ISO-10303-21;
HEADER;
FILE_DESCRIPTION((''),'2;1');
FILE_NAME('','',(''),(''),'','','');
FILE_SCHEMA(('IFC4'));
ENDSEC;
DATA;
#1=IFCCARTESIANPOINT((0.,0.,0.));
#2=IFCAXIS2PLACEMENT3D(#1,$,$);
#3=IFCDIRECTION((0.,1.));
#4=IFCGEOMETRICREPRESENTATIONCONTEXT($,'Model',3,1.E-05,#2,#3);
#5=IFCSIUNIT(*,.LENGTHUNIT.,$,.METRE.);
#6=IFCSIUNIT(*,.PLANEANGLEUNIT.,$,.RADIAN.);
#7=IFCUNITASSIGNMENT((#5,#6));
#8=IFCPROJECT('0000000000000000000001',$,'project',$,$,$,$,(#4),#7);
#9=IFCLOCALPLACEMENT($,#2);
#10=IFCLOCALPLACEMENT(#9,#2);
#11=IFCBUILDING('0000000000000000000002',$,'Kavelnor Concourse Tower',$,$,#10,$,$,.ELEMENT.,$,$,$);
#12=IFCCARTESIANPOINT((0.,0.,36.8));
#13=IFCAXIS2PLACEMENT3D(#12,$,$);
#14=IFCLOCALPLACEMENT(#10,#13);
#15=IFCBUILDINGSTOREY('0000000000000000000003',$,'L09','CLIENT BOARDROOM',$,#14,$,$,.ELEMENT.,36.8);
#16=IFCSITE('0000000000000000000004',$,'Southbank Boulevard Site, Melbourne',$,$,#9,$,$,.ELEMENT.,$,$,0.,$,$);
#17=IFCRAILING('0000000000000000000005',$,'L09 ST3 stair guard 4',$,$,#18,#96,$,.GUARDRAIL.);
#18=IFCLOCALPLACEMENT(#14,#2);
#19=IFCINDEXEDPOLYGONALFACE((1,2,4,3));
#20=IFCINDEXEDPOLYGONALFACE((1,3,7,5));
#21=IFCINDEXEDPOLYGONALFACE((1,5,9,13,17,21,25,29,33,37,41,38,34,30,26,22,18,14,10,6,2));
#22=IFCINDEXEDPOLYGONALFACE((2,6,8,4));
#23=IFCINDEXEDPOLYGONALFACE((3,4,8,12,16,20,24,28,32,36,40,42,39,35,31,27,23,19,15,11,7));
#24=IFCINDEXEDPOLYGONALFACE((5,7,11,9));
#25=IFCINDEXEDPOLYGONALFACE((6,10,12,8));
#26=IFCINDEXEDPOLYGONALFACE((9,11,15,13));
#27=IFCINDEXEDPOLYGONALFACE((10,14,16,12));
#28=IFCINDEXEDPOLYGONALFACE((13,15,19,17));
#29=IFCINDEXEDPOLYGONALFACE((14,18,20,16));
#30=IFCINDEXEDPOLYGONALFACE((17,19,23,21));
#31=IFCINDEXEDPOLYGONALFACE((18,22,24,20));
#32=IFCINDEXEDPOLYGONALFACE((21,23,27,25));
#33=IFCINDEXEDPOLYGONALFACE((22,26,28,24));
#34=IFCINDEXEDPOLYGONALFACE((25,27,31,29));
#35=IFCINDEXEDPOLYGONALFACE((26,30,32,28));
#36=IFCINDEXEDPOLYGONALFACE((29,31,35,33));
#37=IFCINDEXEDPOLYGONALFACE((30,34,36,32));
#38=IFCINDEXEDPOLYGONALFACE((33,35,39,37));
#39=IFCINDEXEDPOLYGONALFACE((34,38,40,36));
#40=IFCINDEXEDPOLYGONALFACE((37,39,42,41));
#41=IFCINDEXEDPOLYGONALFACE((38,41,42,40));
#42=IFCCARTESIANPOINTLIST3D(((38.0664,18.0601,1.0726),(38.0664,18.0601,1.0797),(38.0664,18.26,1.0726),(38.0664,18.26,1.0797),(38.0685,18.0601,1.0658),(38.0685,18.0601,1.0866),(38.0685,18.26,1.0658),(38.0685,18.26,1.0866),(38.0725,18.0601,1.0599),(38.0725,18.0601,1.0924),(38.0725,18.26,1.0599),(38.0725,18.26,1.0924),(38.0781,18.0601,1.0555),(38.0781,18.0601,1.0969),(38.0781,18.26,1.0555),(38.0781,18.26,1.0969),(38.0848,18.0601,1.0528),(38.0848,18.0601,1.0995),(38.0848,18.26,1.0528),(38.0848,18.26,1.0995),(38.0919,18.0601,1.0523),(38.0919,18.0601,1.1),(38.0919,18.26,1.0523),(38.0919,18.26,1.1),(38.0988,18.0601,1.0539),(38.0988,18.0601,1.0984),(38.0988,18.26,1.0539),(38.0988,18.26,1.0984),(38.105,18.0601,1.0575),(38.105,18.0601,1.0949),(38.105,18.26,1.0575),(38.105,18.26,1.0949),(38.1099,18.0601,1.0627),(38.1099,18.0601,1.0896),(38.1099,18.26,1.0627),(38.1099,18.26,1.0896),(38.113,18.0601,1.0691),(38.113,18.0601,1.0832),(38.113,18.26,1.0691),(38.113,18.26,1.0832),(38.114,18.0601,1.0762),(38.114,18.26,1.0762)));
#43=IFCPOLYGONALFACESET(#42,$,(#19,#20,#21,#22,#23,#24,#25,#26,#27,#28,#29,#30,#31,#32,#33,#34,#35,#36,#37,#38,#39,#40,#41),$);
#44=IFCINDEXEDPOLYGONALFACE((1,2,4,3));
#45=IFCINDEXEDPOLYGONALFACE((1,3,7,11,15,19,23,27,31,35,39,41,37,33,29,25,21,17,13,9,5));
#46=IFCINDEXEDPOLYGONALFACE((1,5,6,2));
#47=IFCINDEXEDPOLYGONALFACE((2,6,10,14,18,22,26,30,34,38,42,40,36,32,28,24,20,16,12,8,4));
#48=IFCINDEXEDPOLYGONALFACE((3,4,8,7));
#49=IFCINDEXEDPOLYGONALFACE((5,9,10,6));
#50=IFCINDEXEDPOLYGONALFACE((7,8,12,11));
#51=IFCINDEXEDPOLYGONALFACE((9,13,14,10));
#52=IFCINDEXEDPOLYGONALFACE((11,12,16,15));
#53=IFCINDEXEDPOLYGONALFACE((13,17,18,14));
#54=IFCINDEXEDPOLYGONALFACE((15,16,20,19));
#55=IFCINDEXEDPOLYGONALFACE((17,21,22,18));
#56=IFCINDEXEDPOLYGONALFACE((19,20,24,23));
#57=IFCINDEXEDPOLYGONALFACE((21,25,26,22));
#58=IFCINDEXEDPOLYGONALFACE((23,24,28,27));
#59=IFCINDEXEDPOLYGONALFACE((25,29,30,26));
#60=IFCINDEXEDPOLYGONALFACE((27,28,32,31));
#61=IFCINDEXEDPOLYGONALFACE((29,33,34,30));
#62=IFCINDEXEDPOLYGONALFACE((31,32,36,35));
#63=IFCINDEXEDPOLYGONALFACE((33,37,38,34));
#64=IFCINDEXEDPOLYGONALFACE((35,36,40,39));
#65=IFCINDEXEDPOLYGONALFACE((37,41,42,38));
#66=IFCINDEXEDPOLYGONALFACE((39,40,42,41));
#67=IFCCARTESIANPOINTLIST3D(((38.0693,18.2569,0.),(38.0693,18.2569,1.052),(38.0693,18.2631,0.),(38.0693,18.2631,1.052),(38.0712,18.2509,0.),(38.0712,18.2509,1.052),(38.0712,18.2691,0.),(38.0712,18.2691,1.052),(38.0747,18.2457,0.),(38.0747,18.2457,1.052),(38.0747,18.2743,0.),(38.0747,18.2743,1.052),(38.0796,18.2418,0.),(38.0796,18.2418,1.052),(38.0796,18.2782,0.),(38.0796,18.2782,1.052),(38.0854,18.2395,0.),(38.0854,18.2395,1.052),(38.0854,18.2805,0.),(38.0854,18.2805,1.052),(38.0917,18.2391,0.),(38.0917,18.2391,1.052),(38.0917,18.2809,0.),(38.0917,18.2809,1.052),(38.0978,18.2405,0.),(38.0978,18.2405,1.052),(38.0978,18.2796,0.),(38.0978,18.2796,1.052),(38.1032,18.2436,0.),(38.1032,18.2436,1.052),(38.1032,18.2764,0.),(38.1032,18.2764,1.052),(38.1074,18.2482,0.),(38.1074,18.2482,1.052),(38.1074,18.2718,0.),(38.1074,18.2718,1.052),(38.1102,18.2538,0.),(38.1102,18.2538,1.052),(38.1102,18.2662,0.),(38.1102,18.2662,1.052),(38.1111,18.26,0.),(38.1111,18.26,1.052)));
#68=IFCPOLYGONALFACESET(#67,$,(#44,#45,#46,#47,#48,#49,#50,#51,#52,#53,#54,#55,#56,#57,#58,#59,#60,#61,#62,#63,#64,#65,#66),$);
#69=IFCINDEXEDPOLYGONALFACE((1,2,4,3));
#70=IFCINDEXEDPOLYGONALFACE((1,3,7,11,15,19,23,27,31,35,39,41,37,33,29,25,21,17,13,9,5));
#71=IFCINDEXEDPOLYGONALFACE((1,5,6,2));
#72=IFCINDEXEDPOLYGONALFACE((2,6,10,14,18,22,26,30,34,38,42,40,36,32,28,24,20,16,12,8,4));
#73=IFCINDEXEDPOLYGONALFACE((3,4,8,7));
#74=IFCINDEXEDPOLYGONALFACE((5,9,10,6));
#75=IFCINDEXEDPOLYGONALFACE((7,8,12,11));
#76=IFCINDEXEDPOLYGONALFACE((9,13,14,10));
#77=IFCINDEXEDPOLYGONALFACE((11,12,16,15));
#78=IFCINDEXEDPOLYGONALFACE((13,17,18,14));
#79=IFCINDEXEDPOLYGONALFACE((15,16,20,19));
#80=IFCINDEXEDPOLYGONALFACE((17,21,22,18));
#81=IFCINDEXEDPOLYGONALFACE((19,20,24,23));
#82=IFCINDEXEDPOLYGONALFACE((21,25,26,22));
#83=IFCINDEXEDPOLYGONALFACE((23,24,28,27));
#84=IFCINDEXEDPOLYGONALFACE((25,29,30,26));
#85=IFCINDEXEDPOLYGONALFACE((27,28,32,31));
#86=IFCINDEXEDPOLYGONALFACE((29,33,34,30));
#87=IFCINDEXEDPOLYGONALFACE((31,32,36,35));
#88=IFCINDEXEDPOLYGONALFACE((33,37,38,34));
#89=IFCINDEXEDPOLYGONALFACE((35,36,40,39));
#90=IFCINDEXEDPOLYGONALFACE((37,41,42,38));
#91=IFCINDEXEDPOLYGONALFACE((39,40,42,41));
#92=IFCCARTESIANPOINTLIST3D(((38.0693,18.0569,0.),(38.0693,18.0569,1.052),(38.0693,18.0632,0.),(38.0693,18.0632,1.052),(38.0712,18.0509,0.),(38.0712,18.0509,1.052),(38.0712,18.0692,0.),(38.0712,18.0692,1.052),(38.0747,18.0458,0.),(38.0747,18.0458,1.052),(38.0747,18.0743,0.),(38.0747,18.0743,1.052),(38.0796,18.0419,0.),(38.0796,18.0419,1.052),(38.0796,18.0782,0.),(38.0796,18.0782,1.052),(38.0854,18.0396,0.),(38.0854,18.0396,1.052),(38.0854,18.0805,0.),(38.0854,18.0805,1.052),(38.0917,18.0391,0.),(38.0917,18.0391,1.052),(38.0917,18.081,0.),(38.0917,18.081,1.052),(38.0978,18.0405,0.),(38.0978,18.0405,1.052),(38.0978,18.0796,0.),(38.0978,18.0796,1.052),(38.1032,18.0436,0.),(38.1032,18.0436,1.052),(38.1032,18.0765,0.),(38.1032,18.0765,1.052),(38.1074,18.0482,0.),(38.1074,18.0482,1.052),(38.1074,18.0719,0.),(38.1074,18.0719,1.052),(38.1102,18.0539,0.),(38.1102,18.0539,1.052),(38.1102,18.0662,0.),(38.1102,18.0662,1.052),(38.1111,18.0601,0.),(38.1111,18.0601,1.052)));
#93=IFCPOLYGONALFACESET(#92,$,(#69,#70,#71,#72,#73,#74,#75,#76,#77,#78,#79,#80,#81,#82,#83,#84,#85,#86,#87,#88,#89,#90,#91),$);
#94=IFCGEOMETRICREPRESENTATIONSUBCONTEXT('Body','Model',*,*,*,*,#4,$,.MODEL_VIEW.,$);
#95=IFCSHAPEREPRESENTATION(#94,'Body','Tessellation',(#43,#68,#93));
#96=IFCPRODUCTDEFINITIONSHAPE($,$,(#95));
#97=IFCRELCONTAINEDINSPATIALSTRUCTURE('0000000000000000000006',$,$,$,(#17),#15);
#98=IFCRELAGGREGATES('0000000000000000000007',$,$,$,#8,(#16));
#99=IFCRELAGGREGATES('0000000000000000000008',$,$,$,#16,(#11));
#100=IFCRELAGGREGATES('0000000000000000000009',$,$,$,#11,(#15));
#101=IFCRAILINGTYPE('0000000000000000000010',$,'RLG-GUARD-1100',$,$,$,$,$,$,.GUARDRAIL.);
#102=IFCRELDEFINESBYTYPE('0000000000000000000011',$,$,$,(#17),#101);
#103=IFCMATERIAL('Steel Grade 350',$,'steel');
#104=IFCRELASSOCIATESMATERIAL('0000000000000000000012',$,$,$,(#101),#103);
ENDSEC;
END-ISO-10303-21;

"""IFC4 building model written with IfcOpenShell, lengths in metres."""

from ifc_helpers import new_model, si_unit, direction, frame, origin, origin_2d, place, context, subcontext, project, spatial, circle, extrude, material, type_object, element, save


model = new_model("IFC4")

# Units and contexts
model_context = context("Model", 3, precision=1e-05, world=origin(), true_north=direction((0.0, 1.0)))
body_context = subcontext(model_context, "Body", "Model", "MODEL_VIEW")
ifc_project = project(units=[si_unit("LENGTHUNIT", "METRE"), si_unit("PLANEANGLEUNIT", "RADIAN")], contexts=[model_context])

# Site, building, storey
site_placement = place(None, origin())
site = spatial("IfcSite", under=ifc_project, at=site_placement, Name="Southbank Boulevard Site, Melbourne", CompositionType="ELEMENT", RefElevation=0.0)
building_placement = place(site_placement, origin())
building = spatial("IfcBuilding", under=site, at=building_placement, Name="Kavelnor Concourse Tower", CompositionType="ELEMENT")
storey_placement = place(building_placement, frame((0.0, 0.0, 36.8)))
storey = spatial("IfcBuildingStorey", under=building, at=storey_placement, Name="L09", Description="CLIENT BOARDROOM", CompositionType="ELEMENT", Elevation=36.8)

# Shared definitions
ifc_material_1 = material(Name="Steel Grade 350", Category="steel")

# Railing
railing_type_1 = type_object("IfcRailingType", Name="RLG-GUARD-1100", PredefinedType="GUARDRAIL", material=ifc_material_1)
railing_1_placement = place(storey_placement, frame((38.0901, 18.26, 0.0)))
element("IfcRailing", 1, at=railing_1_placement, inside=storey, type_object=railing_type_1, Name="L09 ST3 stair guard 4", PredefinedType="GUARDRAIL", context=body_context, shape_type="SweptSolid", body=[
    extrude(circle(Radius=0.0239, at=origin_2d()), frame((0.0, 0.0, 1.0762), z_axis=(0.0, -1.0, 0.0), x_axis=(1.0, 0.0, 0.0)), (0.0, 0.0, 1.0), 0.2),
    extrude(circle(Radius=0.021, at=origin_2d()), origin(), (0.0, 0.0, 1.0), 1.052),
    extrude(circle(Radius=0.021, at=origin_2d()), frame((0.0, -0.2, 0.0)), (0.0, 0.0, 1.0), 1.052),
])

save(model, "model.ifc")
